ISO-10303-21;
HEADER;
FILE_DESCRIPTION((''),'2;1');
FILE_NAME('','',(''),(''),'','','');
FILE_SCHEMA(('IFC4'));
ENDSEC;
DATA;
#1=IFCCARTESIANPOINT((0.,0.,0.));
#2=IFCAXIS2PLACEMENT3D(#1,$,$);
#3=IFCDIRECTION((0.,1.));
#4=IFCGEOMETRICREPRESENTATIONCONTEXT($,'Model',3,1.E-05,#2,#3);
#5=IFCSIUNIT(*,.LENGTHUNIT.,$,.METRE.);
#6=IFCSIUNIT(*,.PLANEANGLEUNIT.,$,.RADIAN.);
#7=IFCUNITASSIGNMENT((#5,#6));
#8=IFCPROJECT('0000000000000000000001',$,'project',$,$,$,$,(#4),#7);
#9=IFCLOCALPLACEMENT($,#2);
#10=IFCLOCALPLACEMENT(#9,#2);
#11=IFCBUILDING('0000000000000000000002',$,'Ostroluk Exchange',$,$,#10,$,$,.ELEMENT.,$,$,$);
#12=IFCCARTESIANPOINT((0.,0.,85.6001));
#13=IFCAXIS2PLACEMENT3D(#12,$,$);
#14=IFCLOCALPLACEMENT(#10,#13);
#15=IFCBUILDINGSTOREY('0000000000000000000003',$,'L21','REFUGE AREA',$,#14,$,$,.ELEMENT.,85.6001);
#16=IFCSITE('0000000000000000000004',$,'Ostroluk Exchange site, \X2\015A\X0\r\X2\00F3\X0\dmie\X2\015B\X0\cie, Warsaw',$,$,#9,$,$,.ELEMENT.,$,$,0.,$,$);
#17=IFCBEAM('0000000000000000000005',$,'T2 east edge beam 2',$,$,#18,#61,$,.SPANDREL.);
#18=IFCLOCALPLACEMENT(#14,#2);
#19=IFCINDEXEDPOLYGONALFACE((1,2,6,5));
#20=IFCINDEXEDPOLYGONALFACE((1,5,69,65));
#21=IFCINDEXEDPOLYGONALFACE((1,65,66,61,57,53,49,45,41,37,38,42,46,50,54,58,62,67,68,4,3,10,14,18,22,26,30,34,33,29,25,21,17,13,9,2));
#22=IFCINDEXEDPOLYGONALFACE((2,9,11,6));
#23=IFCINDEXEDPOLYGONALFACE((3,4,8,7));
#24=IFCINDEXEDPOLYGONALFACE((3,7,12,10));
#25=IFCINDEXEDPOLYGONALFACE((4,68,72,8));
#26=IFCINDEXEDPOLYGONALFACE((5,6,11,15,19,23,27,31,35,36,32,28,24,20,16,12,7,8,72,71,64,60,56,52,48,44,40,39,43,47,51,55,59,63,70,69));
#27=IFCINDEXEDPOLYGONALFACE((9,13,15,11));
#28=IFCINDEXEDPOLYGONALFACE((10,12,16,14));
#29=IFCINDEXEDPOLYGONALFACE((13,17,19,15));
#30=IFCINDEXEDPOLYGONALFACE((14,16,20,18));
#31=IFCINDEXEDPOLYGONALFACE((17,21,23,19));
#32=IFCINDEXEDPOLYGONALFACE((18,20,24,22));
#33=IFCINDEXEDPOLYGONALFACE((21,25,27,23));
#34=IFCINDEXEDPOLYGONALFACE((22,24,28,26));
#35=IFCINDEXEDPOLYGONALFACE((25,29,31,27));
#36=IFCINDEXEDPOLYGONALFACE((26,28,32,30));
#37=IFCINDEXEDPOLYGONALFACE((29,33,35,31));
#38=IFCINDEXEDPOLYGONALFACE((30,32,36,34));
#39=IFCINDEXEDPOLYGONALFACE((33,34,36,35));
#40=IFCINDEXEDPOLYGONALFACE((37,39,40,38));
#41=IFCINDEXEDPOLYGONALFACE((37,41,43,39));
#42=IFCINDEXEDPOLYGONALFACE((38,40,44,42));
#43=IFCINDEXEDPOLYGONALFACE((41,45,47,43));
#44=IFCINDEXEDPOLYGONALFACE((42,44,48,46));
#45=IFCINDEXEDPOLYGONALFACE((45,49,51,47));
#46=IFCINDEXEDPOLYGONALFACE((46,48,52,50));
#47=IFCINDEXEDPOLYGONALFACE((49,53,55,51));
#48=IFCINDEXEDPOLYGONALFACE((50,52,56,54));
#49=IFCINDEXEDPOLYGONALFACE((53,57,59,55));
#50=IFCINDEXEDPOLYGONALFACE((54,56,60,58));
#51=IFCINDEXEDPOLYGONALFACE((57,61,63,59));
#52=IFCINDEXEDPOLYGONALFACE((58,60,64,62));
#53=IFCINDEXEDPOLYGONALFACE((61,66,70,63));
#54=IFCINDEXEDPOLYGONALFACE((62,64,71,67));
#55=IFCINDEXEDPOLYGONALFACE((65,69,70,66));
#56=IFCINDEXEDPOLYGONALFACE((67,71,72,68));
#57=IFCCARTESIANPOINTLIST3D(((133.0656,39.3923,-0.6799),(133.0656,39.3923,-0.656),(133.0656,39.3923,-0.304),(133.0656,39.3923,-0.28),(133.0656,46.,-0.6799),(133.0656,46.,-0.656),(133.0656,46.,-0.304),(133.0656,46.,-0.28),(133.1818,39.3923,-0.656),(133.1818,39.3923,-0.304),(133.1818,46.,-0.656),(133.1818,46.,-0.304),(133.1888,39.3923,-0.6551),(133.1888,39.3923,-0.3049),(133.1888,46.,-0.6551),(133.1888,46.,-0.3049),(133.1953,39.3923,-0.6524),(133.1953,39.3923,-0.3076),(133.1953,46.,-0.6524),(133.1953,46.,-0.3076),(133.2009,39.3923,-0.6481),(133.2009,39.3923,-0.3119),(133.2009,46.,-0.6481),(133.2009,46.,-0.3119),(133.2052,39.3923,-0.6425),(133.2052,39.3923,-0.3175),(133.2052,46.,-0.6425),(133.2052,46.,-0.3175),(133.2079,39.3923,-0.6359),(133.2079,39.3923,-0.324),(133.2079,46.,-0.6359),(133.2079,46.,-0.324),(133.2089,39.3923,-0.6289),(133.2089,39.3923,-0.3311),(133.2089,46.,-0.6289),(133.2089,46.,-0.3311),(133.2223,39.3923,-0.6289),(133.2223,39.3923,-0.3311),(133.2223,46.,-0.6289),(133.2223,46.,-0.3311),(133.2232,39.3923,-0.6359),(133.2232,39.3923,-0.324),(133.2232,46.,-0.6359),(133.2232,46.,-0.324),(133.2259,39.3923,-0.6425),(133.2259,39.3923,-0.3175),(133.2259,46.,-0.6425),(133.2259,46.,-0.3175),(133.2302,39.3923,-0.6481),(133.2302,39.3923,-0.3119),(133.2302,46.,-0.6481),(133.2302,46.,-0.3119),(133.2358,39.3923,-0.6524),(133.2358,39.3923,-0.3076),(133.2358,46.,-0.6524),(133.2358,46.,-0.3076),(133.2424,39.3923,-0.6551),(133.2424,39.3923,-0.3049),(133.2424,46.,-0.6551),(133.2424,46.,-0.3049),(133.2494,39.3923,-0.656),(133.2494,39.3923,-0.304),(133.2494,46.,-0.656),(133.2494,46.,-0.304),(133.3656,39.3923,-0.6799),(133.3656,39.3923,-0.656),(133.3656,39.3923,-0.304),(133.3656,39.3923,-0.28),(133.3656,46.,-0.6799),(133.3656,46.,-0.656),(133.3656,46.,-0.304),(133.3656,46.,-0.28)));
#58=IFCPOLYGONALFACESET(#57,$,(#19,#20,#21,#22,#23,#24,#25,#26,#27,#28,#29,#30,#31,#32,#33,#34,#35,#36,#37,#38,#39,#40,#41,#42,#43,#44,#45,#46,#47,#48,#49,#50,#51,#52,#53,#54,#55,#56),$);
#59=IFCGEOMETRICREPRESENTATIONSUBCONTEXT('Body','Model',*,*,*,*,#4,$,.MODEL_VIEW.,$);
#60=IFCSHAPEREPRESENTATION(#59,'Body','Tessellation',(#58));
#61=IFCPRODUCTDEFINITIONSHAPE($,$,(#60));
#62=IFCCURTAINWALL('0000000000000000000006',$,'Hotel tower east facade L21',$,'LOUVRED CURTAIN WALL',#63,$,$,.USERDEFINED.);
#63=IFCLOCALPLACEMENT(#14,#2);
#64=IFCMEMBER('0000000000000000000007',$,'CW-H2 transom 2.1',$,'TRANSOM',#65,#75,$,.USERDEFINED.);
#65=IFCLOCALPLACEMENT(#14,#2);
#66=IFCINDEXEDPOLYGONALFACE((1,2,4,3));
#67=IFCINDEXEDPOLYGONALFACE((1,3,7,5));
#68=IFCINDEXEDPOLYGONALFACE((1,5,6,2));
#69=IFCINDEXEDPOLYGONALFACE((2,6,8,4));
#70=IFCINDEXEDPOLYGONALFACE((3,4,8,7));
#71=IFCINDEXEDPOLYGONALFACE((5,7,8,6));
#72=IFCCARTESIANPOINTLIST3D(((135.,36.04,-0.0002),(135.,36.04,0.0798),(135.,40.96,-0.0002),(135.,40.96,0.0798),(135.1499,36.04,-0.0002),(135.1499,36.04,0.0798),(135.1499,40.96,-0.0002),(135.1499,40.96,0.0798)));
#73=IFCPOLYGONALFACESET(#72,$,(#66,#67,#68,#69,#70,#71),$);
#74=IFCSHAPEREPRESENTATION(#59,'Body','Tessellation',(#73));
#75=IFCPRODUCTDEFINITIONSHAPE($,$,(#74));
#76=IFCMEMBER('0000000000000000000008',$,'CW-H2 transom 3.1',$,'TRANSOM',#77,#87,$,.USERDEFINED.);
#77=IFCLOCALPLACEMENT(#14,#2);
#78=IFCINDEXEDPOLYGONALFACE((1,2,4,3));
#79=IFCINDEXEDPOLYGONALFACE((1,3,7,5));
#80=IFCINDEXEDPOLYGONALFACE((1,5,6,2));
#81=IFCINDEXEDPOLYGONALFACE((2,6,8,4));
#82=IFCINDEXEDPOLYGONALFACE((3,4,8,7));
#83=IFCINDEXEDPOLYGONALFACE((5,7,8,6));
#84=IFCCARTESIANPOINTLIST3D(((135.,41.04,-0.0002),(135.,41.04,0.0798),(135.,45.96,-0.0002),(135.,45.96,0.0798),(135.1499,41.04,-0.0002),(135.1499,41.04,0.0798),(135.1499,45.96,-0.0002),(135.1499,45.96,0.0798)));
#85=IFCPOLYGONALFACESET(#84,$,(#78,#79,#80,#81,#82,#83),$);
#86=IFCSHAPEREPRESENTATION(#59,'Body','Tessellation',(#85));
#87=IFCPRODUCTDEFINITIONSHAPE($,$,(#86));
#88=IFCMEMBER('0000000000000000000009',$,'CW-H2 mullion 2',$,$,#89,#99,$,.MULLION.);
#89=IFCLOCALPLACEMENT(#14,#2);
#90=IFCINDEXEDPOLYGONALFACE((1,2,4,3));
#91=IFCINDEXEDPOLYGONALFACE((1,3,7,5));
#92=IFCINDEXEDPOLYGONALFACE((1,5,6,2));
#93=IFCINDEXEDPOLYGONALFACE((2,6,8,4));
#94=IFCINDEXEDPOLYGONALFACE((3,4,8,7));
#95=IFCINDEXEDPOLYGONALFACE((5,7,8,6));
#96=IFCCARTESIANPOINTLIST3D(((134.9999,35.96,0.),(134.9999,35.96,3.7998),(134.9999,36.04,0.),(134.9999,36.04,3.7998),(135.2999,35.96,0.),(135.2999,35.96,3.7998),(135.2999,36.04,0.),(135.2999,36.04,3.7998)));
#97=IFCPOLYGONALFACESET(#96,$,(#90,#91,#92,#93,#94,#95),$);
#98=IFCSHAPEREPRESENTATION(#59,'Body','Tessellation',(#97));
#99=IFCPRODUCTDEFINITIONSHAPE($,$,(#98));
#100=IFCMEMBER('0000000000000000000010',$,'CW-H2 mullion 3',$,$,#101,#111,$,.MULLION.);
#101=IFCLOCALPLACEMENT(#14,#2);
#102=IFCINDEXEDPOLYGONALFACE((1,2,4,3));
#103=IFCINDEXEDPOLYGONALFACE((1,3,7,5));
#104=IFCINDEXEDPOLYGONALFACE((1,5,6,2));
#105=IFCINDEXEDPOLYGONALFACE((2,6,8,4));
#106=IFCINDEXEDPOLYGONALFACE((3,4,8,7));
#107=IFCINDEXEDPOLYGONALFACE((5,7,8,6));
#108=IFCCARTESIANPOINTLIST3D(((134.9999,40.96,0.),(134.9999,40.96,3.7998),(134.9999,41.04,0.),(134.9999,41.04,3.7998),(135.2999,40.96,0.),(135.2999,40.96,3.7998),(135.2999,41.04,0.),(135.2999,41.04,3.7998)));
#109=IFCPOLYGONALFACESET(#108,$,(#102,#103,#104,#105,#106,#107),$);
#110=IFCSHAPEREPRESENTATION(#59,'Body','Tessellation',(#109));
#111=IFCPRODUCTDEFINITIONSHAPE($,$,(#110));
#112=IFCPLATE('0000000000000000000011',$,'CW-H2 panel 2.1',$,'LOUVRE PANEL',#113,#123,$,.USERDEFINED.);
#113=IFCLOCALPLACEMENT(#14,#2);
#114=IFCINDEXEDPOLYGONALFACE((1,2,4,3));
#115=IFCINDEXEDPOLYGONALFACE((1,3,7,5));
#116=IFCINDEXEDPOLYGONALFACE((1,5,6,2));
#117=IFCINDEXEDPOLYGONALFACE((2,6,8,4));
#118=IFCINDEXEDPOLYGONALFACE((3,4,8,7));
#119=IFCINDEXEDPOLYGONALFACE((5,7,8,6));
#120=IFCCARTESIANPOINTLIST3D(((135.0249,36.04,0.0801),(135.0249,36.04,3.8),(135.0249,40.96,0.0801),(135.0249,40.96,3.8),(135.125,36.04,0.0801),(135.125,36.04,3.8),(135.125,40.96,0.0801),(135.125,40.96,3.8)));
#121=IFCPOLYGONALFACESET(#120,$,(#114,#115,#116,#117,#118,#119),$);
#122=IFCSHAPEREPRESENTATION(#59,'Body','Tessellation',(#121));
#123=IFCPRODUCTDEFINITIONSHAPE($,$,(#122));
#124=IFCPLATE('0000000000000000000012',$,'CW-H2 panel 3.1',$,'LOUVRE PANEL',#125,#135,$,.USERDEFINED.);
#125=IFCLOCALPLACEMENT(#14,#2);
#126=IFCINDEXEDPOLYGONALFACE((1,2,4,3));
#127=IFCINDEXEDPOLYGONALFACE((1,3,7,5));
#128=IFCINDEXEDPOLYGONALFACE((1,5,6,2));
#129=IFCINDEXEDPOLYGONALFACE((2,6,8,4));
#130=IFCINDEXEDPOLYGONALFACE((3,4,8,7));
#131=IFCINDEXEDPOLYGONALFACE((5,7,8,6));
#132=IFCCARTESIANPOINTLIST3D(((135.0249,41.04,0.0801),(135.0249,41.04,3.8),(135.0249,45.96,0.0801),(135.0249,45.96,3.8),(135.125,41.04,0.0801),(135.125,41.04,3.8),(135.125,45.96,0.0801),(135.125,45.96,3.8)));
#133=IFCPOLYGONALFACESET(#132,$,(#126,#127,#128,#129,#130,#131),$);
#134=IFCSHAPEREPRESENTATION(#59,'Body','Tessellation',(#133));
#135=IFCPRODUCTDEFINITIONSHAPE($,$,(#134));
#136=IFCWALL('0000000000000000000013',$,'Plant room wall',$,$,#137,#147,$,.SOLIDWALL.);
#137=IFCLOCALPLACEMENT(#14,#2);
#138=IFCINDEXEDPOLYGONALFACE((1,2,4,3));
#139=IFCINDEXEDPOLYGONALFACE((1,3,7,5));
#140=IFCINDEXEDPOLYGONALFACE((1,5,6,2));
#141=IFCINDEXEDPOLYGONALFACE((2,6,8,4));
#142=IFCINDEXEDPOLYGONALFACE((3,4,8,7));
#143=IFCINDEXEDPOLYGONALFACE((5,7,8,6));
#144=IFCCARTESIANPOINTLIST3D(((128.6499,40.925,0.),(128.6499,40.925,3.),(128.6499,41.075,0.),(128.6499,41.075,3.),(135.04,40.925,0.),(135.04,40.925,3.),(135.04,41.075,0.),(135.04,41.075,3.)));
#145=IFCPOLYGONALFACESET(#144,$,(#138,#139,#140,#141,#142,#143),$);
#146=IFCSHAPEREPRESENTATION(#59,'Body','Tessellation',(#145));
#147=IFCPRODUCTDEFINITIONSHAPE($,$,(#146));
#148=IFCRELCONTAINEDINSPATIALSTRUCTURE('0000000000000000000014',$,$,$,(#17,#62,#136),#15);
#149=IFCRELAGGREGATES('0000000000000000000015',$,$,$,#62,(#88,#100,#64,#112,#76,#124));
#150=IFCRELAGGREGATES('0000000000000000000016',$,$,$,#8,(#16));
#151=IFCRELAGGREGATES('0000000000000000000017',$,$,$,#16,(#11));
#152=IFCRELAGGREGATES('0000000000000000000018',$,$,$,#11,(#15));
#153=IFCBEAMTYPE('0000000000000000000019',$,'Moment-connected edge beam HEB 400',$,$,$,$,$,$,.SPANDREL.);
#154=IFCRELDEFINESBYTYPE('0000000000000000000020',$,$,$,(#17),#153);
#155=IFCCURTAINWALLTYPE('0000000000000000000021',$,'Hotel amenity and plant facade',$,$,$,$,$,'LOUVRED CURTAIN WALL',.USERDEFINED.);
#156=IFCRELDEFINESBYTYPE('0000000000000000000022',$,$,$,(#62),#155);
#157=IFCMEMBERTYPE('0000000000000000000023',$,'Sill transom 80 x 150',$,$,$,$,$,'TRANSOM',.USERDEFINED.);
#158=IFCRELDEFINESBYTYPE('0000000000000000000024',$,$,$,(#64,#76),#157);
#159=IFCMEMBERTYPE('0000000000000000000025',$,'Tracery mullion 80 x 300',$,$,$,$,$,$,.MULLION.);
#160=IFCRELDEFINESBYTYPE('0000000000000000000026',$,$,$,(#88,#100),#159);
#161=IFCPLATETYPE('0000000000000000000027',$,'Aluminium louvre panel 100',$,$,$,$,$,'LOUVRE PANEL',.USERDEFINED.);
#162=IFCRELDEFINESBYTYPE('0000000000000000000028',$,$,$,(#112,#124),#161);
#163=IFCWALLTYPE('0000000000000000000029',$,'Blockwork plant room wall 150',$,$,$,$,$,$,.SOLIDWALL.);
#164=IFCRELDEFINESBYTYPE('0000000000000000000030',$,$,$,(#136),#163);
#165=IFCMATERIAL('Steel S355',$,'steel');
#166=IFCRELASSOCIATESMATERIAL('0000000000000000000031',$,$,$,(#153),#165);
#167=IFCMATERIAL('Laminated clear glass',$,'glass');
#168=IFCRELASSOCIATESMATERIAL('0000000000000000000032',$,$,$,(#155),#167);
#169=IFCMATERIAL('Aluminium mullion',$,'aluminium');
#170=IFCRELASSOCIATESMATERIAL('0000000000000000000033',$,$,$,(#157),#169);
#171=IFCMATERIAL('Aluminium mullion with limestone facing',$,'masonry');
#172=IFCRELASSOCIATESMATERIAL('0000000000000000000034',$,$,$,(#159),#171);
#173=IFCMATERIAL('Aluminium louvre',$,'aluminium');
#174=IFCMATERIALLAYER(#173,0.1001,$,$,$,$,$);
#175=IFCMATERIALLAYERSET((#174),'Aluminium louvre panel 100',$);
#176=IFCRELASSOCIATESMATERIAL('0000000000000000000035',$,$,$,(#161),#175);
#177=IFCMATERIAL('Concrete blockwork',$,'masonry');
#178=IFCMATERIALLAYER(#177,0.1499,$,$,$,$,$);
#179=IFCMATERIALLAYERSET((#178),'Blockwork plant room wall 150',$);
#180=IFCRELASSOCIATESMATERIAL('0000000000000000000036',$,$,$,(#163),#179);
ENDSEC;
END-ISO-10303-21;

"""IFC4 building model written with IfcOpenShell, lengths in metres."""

from ifc_helpers import new_model, si_unit, direction, frame, frame_2d, origin, origin_2d, place, context, subcontext, project, spatial, rectangle, i_section, extrude, material, layer, layer_set, material_profile, profile_set, type_object, element, aggregate, save


model = new_model("IFC4")

# Units and contexts
model_context = context("Model", 3, precision=1e-05, world=origin(), true_north=direction((0.0, 1.0)))
body_context = subcontext(model_context, "Body", "Model", "MODEL_VIEW")
ifc_project = project(units=[si_unit("LENGTHUNIT", "METRE"), si_unit("PLANEANGLEUNIT", "RADIAN")], contexts=[model_context])

# Site, building, storey
site_placement = place(None, origin())
site = spatial("IfcSite", under=ifc_project, at=site_placement, Name="Ostroluk Exchange site, Śródmieście, Warsaw", CompositionType="ELEMENT", RefElevation=0.0)
building_placement = place(site_placement, origin())
building = spatial("IfcBuilding", under=site, at=building_placement, Name="Ostroluk Exchange", CompositionType="ELEMENT")
storey_placement = place(building_placement, frame((0.0, 0.0, 85.6001)))
storey = spatial("IfcBuildingStorey", under=building, at=storey_placement, Name="L21", Description="REFUGE AREA", CompositionType="ELEMENT", Elevation=85.6001)

# Beam
ifc_material_1 = material(Name="Steel S355", Category="steel")
ifc_material_profile_1 = material_profile(ifc_material_1, i_section(OverallWidth=0.3, OverallDepth=0.3999, WebThickness=0.0134, FlangeThickness=0.0239, FilletRadius=0.0271, at=origin_2d()), Name="HEB 400")
ifc_profile_set_1 = profile_set([ifc_material_profile_1], Name="Steel S355")
beam_type_1 = type_object("IfcBeamType", Name="Moment-connected edge beam HEB 400", PredefinedType="SPANDREL", material=ifc_profile_set_1)
beam_1_placement = place(storey_placement, frame((133.2156, 39.3923, -0.48), z_axis=(0.0, 1.0, 0.0), x_axis=(-1.0, 0.0, 0.0)))
element("IfcBeam", 1, at=beam_1_placement, inside=storey, type_object=beam_type_1, Name="T2 east edge beam 2", PredefinedType="SPANDREL", context=body_context, shape_type="SweptSolid", body=[
    extrude(i_section(OverallWidth=0.3, OverallDepth=0.3999, WebThickness=0.0134, FlangeThickness=0.0239, FilletRadius=0.0271, at=origin_2d()), origin(), (0.0, 0.0, 1.0), 6.6077),
])

# Curtain wall, members, plates
ifc_material_2 = material(Name="Laminated clear glass", Category="glass")
curtain_wall_type = type_object("IfcCurtainWallType", Name="Hotel amenity and plant facade", ElementType="LOUVRED CURTAIN WALL", PredefinedType="USERDEFINED", material=ifc_material_2)
curtain_wall_placement = place(storey_placement, origin())
curtain_wall = element("IfcCurtainWall", 2, at=curtain_wall_placement, inside=storey, type_object=curtain_wall_type, Name="Hotel tower east facade L21", ObjectType="LOUVRED CURTAIN WALL", PredefinedType="USERDEFINED")
ifc_material_3 = material(Name="Aluminium mullion", Category="aluminium")
ifc_material_profile_2 = material_profile(ifc_material_3, rectangle(XDim=0.1499, YDim=0.0801, at=origin_2d()), Name="Sill transom 80 x 150")
ifc_profile_set_2 = profile_set([ifc_material_profile_2], Name="Aluminium mullion")
member_type_1 = type_object("IfcMemberType", Name="Sill transom 80 x 150", ElementType="TRANSOM", PredefinedType="USERDEFINED", material=ifc_profile_set_2)
member_1_placement = place(storey_placement, frame((135.075, 36.04, 0.0398), z_axis=(0.0, 1.0, 0.0), x_axis=(-1.0, 0.0, 0.0)))
member_1 = element("IfcMember", 3, at=member_1_placement, type_object=member_type_1, Name="CW-H2 transom 2.1", ObjectType="TRANSOM", PredefinedType="USERDEFINED", context=body_context, shape_type="SweptSolid", body=[
    extrude(rectangle(XDim=0.1499, YDim=0.0801, at=origin_2d()), origin(), (0.0, 0.0, 1.0), 4.9199),
])
member_2_placement = place(storey_placement, frame((135.075, 41.04, 0.0398), z_axis=(0.0, 1.0, 0.0), x_axis=(-1.0, 0.0, 0.0)))
member_2 = element("IfcMember", 4, at=member_2_placement, type_object=member_type_1, Name="CW-H2 transom 3.1", ObjectType="TRANSOM", PredefinedType="USERDEFINED", context=body_context, shape_type="SweptSolid", body=[
    extrude(rectangle(XDim=0.1499, YDim=0.0801, at=origin_2d()), origin(), (0.0, 0.0, 1.0), 4.9199),
])
ifc_material_4 = material(Name="Aluminium mullion with limestone facing", Category="masonry")
ifc_material_profile_3 = material_profile(ifc_material_4, rectangle(XDim=0.3, YDim=0.0801, at=origin_2d()), Name="Tracery mullion 80 x 300")
ifc_profile_set_3 = profile_set([ifc_material_profile_3], Name="Aluminium mullion with limestone facing")
member_type_2 = type_object("IfcMemberType", Name="Tracery mullion 80 x 300", PredefinedType="MULLION", material=ifc_profile_set_3)
member_3_placement = place(storey_placement, frame((135.1499, 36.0, 0.0), z_axis=(0.0, 0.0, 1.0), x_axis=(-1.0, 0.0, 0.0)))
member_3 = element("IfcMember", 5, at=member_3_placement, type_object=member_type_2, Name="CW-H2 mullion 2", PredefinedType="MULLION", context=body_context, shape_type="SweptSolid", body=[
    extrude(rectangle(XDim=0.3, YDim=0.0801, at=origin_2d()), origin(), (0.0, 0.0, 1.0), 3.7998),
])
member_4_placement = place(storey_placement, frame((135.1499, 41.0, 0.0), z_axis=(0.0, 0.0, 1.0), x_axis=(-1.0, 0.0, 0.0)))
member_4 = element("IfcMember", 6, at=member_4_placement, type_object=member_type_2, Name="CW-H2 mullion 3", PredefinedType="MULLION", context=body_context, shape_type="SweptSolid", body=[
    extrude(rectangle(XDim=0.3, YDim=0.0801, at=origin_2d()), origin(), (0.0, 0.0, 1.0), 3.7998),
])
ifc_material_5 = material(Name="Aluminium louvre", Category="aluminium")
ifc_layer_1 = layer(ifc_material_5, 0.1001)
ifc_layer_set_1 = layer_set([ifc_layer_1], Name="Aluminium louvre panel 100")
plate_type = type_object("IfcPlateType", Name="Aluminium louvre panel 100", ElementType="LOUVRE PANEL", PredefinedType="USERDEFINED", material=ifc_layer_set_1)
plate_1_placement = place(storey_placement, frame((135.075, 38.5, 0.0801), z_axis=(0.0, 0.0, 1.0), x_axis=(0.0, 1.0, 0.0)))
plate_1 = element("IfcPlate", 7, at=plate_1_placement, type_object=plate_type, Name="CW-H2 panel 2.1", ObjectType="LOUVRE PANEL", PredefinedType="USERDEFINED", context=body_context, shape_type="SweptSolid", body=[
    extrude(rectangle(XDim=4.9199, YDim=0.1001, at=origin_2d()), origin(), (0.0, 0.0, 1.0), 3.72),
])
plate_2_placement = place(storey_placement, frame((135.075, 43.5, 0.0801), z_axis=(0.0, 0.0, 1.0), x_axis=(0.0, 1.0, 0.0)))
plate_2 = element("IfcPlate", 8, at=plate_2_placement, type_object=plate_type, Name="CW-H2 panel 3.1", ObjectType="LOUVRE PANEL", PredefinedType="USERDEFINED", context=body_context, shape_type="SweptSolid", body=[
    extrude(rectangle(XDim=4.9199, YDim=0.1001, at=origin_2d()), origin(), (0.0, 0.0, 1.0), 3.72),
])
aggregate(curtain_wall, [member_3, member_4, member_1, plate_1, member_2, plate_2])

# Wall
ifc_material_6 = material(Name="Concrete blockwork", Category="masonry")
ifc_layer_2 = layer(ifc_material_6, 0.1499)
ifc_layer_set_2 = layer_set([ifc_layer_2], Name="Blockwork plant room wall 150")
wall_type_1 = type_object("IfcWallType", Name="Blockwork plant room wall 150", PredefinedType="SOLIDWALL", material=ifc_layer_set_2)
wall_1_placement = place(storey_placement, frame((128.6499, 41.0, 0.0), z_axis=(0.0, 0.0, 1.0), x_axis=(1.0, 0.0, 0.0)))
element("IfcWall", 9, at=wall_1_placement, inside=storey, type_object=wall_type_1, Name="Plant room wall", PredefinedType="SOLIDWALL", context=body_context, shape_type="SweptSolid", body=[
    extrude(rectangle(XDim=6.3901, YDim=0.1499, at=frame_2d((3.1951, 0.0))), origin(), (0.0, 0.0, 1.0), 3.0),
])

save(model, "model.ifc")
